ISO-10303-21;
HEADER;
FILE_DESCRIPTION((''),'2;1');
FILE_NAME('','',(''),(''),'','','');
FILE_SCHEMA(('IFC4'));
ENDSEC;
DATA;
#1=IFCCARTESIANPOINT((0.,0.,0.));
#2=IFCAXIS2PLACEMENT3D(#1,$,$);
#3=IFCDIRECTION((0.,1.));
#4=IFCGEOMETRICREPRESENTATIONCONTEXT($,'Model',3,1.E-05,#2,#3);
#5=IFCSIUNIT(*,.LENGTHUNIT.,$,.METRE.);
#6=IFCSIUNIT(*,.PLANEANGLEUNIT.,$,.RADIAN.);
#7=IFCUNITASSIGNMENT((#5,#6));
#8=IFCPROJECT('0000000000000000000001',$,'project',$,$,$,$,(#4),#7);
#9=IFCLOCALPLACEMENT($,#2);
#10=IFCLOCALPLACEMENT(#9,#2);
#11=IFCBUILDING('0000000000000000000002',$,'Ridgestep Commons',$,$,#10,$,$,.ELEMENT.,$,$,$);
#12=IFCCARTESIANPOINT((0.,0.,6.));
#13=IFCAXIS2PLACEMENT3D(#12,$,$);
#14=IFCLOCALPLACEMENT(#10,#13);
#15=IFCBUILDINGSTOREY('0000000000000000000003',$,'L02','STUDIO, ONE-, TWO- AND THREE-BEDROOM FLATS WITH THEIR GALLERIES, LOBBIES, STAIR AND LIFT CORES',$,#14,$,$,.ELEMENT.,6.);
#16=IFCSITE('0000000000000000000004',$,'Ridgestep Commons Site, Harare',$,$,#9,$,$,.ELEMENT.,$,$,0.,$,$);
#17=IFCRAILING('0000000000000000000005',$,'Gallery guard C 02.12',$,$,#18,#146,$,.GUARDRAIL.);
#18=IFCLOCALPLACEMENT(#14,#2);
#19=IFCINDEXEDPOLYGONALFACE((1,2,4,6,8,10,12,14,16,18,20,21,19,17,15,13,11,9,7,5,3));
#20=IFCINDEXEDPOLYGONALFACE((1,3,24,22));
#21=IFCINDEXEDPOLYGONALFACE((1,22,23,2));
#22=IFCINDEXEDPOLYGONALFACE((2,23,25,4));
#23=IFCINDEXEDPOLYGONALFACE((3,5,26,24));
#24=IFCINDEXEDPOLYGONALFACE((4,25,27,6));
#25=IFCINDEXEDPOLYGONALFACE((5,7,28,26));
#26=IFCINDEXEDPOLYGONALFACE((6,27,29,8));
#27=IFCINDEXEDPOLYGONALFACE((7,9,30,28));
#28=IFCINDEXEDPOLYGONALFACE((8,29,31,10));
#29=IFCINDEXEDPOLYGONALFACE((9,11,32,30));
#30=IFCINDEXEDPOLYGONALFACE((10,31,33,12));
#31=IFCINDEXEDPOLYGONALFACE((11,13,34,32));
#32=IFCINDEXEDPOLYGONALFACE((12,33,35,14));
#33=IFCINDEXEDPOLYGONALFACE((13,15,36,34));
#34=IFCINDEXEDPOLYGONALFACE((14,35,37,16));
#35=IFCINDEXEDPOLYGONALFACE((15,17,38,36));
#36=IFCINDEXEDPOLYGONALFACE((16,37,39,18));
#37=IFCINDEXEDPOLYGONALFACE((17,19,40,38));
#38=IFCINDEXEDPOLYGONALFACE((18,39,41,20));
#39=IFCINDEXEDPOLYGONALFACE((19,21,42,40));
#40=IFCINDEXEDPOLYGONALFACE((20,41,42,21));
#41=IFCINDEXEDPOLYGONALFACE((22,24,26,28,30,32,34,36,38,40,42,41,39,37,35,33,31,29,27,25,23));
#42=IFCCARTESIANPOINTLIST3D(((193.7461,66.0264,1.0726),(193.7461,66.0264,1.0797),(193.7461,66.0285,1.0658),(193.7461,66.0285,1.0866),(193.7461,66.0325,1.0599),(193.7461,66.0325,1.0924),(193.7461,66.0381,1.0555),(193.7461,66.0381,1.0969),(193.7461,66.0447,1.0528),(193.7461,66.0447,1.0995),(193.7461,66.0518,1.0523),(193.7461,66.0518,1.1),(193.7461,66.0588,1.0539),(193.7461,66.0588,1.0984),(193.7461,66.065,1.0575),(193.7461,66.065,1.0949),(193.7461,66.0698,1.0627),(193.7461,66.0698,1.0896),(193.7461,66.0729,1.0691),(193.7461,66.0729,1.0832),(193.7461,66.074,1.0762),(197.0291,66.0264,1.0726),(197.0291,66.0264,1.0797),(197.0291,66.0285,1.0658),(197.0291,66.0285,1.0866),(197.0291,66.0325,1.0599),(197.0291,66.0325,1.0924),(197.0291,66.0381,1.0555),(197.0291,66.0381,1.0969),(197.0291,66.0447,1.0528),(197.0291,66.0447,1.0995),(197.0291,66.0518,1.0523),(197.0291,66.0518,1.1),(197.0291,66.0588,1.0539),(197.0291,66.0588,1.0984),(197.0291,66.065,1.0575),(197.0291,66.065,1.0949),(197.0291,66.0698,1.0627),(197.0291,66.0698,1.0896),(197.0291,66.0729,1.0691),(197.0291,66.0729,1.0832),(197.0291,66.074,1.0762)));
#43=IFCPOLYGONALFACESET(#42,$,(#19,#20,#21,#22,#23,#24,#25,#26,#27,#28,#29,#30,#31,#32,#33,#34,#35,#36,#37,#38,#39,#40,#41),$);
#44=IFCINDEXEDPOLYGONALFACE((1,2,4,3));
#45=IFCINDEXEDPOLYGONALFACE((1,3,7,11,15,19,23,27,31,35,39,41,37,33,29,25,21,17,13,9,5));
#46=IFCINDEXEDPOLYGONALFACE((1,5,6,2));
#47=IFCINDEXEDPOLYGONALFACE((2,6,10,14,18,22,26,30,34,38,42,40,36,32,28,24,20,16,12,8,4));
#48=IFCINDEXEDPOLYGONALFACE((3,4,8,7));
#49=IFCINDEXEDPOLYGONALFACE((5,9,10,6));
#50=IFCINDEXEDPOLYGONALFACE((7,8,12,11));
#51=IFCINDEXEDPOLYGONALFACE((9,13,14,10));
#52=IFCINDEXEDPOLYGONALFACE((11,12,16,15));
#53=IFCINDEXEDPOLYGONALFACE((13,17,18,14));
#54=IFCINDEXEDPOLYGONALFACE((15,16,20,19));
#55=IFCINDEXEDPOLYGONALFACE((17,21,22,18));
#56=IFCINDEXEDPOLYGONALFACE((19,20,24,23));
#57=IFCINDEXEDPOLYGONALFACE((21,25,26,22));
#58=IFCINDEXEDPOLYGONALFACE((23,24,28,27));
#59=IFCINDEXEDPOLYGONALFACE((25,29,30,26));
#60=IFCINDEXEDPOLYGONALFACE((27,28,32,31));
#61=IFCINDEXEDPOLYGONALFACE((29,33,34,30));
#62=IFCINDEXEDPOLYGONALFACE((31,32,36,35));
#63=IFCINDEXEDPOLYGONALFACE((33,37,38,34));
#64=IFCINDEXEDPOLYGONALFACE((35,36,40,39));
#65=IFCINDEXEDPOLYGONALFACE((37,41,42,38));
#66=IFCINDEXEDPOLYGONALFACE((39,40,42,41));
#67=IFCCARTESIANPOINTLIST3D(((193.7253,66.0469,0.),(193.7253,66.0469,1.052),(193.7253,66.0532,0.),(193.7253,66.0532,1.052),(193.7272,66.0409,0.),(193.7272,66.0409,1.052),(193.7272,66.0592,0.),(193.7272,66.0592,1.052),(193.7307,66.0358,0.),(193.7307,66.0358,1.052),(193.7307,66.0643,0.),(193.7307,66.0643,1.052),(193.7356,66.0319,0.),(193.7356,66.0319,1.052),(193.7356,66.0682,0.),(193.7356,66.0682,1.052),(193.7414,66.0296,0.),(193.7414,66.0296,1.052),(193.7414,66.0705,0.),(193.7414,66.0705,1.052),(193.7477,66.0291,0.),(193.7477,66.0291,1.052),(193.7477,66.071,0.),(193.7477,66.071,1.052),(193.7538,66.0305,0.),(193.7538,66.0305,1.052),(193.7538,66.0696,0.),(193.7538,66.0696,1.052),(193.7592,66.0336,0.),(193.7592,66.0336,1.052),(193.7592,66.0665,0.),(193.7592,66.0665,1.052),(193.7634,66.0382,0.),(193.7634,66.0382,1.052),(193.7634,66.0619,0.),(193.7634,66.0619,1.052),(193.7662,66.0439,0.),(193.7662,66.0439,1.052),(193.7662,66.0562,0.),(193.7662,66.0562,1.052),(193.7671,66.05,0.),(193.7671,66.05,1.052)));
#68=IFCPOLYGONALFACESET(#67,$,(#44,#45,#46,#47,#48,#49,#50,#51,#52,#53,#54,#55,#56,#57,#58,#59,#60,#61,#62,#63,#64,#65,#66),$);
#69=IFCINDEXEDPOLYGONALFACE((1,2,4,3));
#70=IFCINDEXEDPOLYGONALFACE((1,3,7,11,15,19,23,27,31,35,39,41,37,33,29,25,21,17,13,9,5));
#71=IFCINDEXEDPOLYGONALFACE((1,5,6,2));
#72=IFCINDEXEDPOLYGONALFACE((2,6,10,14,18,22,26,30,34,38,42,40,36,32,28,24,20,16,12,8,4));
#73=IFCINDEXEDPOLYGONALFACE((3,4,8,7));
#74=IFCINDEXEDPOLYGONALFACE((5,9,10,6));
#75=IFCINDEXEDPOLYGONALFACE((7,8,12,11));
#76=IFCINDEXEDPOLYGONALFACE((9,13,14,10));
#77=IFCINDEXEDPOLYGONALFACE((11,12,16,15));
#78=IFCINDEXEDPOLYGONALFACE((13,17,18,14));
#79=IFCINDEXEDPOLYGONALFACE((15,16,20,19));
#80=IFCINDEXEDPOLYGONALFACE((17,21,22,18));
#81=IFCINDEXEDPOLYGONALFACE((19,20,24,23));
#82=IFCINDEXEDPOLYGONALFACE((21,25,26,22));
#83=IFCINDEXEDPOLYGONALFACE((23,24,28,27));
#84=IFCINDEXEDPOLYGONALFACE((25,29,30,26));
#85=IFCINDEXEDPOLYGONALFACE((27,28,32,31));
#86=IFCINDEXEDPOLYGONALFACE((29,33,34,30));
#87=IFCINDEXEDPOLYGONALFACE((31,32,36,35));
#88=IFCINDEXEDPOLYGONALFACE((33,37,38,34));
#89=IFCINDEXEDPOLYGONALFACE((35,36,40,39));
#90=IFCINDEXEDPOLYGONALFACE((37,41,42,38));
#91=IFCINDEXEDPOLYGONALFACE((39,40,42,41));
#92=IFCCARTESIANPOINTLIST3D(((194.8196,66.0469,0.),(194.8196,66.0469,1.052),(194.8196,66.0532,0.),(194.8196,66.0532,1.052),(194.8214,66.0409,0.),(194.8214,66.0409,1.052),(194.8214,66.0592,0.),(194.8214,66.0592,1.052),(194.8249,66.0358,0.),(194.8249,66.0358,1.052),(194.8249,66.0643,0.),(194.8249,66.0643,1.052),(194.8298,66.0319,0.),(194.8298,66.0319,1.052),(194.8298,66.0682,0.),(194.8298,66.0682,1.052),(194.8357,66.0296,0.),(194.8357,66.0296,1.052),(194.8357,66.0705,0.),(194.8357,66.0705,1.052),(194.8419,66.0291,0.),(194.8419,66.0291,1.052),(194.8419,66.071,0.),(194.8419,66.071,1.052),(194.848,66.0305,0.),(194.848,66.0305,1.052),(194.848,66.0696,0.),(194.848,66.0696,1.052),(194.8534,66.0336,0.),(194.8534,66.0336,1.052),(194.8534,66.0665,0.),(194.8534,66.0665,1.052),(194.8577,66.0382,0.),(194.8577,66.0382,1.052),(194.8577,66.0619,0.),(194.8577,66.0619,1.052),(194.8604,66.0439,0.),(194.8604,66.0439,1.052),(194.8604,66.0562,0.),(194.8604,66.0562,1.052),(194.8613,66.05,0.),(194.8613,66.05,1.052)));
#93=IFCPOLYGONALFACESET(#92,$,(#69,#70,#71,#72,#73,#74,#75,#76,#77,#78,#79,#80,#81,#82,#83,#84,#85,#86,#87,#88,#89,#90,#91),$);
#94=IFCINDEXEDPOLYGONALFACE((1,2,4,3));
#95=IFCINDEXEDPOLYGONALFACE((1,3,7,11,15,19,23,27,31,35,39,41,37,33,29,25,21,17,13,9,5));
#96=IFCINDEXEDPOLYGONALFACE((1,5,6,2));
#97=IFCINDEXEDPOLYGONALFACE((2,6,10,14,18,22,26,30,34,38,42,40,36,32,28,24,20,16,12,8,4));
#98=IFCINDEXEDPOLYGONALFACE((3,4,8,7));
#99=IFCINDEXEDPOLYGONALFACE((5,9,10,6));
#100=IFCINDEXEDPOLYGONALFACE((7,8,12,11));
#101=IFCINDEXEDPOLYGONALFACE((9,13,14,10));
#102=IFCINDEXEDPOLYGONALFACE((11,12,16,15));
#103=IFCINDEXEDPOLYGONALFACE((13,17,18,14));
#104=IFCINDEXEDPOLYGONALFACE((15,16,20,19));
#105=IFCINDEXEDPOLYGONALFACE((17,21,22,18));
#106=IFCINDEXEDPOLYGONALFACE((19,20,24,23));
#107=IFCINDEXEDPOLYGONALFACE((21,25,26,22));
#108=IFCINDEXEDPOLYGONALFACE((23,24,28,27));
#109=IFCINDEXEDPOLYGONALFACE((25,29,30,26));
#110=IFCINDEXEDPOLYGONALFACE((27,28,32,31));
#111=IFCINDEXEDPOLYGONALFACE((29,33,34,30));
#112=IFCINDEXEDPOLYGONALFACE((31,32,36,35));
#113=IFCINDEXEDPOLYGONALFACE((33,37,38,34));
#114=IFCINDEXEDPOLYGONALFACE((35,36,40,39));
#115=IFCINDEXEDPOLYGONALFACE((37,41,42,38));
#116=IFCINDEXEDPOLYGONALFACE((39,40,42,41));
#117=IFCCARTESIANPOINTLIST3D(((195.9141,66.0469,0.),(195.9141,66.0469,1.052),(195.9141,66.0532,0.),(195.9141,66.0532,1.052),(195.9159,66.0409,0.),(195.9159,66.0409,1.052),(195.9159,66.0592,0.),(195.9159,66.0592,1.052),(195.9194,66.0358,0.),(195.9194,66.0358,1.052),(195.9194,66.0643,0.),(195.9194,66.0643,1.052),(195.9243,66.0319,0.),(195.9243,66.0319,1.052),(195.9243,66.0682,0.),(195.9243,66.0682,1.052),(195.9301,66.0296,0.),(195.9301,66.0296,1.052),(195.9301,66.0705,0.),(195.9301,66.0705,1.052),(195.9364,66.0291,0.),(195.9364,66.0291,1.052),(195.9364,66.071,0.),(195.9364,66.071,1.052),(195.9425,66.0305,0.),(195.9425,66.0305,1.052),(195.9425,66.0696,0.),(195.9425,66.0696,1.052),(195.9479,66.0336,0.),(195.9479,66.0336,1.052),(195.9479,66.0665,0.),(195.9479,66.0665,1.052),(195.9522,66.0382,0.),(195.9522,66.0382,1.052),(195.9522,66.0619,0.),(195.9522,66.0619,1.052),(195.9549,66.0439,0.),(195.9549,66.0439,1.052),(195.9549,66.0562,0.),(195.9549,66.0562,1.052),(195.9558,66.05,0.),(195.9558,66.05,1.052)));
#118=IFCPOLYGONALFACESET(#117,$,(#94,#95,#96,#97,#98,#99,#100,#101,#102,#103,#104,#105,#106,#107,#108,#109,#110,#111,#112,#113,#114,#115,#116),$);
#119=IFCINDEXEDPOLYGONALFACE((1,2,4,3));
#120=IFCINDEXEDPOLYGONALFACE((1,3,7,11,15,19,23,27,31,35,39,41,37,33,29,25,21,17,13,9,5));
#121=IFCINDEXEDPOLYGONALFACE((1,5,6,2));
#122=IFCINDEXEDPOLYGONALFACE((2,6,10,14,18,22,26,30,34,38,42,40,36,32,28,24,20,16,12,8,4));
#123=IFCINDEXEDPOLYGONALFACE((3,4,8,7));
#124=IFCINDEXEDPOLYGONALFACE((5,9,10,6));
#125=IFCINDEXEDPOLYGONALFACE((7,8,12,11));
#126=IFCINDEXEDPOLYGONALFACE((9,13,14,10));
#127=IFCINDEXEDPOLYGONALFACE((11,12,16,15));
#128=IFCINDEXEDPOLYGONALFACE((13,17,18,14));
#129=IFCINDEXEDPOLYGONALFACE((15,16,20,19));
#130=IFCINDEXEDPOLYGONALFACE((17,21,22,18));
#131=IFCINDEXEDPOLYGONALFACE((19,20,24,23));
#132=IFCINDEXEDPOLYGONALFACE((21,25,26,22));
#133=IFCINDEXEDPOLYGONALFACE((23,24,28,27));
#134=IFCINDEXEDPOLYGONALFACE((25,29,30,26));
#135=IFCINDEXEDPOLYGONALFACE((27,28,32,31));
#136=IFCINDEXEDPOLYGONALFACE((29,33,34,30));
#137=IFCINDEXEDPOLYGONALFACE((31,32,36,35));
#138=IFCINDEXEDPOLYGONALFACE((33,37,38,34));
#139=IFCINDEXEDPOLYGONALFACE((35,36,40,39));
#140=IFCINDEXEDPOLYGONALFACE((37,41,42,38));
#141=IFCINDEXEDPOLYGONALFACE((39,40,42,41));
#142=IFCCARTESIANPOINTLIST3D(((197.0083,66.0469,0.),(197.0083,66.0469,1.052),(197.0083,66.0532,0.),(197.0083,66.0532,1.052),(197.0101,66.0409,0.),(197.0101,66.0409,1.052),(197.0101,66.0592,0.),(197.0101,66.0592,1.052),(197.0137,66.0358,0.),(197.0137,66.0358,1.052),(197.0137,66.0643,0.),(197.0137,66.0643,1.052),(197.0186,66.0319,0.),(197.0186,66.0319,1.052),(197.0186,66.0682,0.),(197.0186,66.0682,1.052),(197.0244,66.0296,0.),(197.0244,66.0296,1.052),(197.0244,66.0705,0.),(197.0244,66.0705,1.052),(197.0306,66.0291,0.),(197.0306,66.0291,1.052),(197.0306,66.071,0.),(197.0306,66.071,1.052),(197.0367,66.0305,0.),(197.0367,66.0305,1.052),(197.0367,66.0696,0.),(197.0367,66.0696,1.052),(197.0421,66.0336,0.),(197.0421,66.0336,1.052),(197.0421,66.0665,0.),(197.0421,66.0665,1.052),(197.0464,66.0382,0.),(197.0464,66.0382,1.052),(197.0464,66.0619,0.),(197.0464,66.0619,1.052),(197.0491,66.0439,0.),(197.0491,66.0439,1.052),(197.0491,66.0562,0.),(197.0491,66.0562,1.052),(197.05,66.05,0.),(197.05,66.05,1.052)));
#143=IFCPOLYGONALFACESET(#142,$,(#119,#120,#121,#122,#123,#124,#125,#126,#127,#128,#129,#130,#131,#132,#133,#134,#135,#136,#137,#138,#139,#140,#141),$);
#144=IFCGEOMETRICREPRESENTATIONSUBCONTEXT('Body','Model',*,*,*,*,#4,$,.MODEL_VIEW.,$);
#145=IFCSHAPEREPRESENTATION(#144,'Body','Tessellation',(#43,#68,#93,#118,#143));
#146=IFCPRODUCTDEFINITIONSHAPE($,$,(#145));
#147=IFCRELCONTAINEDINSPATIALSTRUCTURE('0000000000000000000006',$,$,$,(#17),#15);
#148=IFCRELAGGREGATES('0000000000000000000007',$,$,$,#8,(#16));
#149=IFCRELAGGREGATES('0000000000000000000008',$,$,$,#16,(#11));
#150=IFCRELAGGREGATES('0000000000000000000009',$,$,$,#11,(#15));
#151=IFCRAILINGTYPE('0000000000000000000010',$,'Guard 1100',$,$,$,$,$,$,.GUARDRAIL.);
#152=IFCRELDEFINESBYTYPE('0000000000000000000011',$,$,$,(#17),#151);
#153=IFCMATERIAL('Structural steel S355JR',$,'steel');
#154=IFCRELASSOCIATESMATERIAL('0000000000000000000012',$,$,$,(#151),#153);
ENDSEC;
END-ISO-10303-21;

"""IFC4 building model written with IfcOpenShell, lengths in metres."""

from ifc_helpers import new_model, si_unit, direction, frame, origin, origin_2d, place, context, subcontext, project, spatial, circle, extrude, material, type_object, element, save


model = new_model("IFC4")

# Units and contexts
model_context = context("Model", 3, precision=1e-05, world=origin(), true_north=direction((0.0, 1.0)))
body_context = subcontext(model_context, "Body", "Model", "MODEL_VIEW")
ifc_project = project(units=[si_unit("LENGTHUNIT", "METRE"), si_unit("PLANEANGLEUNIT", "RADIAN")], contexts=[model_context])

# Site, building, storey
site_placement = place(None, origin())
site = spatial("IfcSite", under=ifc_project, at=site_placement, Name="Ridgestep Commons Site, Harare", CompositionType="ELEMENT", RefElevation=0.0)
building_placement = place(site_placement, origin())
building = spatial("IfcBuilding", under=site, at=building_placement, Name="Ridgestep Commons", CompositionType="ELEMENT")
storey_placement = place(building_placement, frame((0.0, 0.0, 6.0)))
storey = spatial("IfcBuildingStorey", under=building, at=storey_placement, Name="L02", Description="STUDIO, ONE-, TWO- AND THREE-BEDROOM FLATS WITH THEIR GALLERIES, LOBBIES, STAIR AND LIFT CORES", CompositionType="ELEMENT", Elevation=6.0)

# Railing
ifc_material_1 = material(Name="Structural steel S355JR", Category="steel")
railing_type = type_object("IfcRailingType", Name="Guard 1100", PredefinedType="GUARDRAIL", material=ifc_material_1)
railing_1_placement = place(storey_placement, frame((193.7461, 66.05, 0.0)))
element("IfcRailing", 1, at=railing_1_placement, inside=storey, type_object=railing_type, Name="Gallery guard C 02.12", PredefinedType="GUARDRAIL", context=body_context, shape_type="SweptSolid", body=[
    extrude(circle(Radius=0.0239, at=origin_2d()), frame((0.0, 0.0, 1.0762), z_axis=(1.0, 0.0, 0.0), x_axis=(0.0, 1.0, 0.0)), (0.0, 0.0, 1.0), 3.283),
    extrude(circle(Radius=0.021, at=origin_2d()), origin(), (0.0, 0.0, 1.0), 1.052),
    extrude(circle(Radius=0.021, at=origin_2d()), frame((1.0942, 0.0, 0.0)), (0.0, 0.0, 1.0), 1.052),
    extrude(circle(Radius=0.021, at=origin_2d()), frame((2.1887, 0.0, 0.0)), (0.0, 0.0, 1.0), 1.052),
    extrude(circle(Radius=0.021, at=origin_2d()), frame((3.283, 0.0, 0.0)), (0.0, 0.0, 1.0), 1.052),
])

save(model, "model.ifc")
